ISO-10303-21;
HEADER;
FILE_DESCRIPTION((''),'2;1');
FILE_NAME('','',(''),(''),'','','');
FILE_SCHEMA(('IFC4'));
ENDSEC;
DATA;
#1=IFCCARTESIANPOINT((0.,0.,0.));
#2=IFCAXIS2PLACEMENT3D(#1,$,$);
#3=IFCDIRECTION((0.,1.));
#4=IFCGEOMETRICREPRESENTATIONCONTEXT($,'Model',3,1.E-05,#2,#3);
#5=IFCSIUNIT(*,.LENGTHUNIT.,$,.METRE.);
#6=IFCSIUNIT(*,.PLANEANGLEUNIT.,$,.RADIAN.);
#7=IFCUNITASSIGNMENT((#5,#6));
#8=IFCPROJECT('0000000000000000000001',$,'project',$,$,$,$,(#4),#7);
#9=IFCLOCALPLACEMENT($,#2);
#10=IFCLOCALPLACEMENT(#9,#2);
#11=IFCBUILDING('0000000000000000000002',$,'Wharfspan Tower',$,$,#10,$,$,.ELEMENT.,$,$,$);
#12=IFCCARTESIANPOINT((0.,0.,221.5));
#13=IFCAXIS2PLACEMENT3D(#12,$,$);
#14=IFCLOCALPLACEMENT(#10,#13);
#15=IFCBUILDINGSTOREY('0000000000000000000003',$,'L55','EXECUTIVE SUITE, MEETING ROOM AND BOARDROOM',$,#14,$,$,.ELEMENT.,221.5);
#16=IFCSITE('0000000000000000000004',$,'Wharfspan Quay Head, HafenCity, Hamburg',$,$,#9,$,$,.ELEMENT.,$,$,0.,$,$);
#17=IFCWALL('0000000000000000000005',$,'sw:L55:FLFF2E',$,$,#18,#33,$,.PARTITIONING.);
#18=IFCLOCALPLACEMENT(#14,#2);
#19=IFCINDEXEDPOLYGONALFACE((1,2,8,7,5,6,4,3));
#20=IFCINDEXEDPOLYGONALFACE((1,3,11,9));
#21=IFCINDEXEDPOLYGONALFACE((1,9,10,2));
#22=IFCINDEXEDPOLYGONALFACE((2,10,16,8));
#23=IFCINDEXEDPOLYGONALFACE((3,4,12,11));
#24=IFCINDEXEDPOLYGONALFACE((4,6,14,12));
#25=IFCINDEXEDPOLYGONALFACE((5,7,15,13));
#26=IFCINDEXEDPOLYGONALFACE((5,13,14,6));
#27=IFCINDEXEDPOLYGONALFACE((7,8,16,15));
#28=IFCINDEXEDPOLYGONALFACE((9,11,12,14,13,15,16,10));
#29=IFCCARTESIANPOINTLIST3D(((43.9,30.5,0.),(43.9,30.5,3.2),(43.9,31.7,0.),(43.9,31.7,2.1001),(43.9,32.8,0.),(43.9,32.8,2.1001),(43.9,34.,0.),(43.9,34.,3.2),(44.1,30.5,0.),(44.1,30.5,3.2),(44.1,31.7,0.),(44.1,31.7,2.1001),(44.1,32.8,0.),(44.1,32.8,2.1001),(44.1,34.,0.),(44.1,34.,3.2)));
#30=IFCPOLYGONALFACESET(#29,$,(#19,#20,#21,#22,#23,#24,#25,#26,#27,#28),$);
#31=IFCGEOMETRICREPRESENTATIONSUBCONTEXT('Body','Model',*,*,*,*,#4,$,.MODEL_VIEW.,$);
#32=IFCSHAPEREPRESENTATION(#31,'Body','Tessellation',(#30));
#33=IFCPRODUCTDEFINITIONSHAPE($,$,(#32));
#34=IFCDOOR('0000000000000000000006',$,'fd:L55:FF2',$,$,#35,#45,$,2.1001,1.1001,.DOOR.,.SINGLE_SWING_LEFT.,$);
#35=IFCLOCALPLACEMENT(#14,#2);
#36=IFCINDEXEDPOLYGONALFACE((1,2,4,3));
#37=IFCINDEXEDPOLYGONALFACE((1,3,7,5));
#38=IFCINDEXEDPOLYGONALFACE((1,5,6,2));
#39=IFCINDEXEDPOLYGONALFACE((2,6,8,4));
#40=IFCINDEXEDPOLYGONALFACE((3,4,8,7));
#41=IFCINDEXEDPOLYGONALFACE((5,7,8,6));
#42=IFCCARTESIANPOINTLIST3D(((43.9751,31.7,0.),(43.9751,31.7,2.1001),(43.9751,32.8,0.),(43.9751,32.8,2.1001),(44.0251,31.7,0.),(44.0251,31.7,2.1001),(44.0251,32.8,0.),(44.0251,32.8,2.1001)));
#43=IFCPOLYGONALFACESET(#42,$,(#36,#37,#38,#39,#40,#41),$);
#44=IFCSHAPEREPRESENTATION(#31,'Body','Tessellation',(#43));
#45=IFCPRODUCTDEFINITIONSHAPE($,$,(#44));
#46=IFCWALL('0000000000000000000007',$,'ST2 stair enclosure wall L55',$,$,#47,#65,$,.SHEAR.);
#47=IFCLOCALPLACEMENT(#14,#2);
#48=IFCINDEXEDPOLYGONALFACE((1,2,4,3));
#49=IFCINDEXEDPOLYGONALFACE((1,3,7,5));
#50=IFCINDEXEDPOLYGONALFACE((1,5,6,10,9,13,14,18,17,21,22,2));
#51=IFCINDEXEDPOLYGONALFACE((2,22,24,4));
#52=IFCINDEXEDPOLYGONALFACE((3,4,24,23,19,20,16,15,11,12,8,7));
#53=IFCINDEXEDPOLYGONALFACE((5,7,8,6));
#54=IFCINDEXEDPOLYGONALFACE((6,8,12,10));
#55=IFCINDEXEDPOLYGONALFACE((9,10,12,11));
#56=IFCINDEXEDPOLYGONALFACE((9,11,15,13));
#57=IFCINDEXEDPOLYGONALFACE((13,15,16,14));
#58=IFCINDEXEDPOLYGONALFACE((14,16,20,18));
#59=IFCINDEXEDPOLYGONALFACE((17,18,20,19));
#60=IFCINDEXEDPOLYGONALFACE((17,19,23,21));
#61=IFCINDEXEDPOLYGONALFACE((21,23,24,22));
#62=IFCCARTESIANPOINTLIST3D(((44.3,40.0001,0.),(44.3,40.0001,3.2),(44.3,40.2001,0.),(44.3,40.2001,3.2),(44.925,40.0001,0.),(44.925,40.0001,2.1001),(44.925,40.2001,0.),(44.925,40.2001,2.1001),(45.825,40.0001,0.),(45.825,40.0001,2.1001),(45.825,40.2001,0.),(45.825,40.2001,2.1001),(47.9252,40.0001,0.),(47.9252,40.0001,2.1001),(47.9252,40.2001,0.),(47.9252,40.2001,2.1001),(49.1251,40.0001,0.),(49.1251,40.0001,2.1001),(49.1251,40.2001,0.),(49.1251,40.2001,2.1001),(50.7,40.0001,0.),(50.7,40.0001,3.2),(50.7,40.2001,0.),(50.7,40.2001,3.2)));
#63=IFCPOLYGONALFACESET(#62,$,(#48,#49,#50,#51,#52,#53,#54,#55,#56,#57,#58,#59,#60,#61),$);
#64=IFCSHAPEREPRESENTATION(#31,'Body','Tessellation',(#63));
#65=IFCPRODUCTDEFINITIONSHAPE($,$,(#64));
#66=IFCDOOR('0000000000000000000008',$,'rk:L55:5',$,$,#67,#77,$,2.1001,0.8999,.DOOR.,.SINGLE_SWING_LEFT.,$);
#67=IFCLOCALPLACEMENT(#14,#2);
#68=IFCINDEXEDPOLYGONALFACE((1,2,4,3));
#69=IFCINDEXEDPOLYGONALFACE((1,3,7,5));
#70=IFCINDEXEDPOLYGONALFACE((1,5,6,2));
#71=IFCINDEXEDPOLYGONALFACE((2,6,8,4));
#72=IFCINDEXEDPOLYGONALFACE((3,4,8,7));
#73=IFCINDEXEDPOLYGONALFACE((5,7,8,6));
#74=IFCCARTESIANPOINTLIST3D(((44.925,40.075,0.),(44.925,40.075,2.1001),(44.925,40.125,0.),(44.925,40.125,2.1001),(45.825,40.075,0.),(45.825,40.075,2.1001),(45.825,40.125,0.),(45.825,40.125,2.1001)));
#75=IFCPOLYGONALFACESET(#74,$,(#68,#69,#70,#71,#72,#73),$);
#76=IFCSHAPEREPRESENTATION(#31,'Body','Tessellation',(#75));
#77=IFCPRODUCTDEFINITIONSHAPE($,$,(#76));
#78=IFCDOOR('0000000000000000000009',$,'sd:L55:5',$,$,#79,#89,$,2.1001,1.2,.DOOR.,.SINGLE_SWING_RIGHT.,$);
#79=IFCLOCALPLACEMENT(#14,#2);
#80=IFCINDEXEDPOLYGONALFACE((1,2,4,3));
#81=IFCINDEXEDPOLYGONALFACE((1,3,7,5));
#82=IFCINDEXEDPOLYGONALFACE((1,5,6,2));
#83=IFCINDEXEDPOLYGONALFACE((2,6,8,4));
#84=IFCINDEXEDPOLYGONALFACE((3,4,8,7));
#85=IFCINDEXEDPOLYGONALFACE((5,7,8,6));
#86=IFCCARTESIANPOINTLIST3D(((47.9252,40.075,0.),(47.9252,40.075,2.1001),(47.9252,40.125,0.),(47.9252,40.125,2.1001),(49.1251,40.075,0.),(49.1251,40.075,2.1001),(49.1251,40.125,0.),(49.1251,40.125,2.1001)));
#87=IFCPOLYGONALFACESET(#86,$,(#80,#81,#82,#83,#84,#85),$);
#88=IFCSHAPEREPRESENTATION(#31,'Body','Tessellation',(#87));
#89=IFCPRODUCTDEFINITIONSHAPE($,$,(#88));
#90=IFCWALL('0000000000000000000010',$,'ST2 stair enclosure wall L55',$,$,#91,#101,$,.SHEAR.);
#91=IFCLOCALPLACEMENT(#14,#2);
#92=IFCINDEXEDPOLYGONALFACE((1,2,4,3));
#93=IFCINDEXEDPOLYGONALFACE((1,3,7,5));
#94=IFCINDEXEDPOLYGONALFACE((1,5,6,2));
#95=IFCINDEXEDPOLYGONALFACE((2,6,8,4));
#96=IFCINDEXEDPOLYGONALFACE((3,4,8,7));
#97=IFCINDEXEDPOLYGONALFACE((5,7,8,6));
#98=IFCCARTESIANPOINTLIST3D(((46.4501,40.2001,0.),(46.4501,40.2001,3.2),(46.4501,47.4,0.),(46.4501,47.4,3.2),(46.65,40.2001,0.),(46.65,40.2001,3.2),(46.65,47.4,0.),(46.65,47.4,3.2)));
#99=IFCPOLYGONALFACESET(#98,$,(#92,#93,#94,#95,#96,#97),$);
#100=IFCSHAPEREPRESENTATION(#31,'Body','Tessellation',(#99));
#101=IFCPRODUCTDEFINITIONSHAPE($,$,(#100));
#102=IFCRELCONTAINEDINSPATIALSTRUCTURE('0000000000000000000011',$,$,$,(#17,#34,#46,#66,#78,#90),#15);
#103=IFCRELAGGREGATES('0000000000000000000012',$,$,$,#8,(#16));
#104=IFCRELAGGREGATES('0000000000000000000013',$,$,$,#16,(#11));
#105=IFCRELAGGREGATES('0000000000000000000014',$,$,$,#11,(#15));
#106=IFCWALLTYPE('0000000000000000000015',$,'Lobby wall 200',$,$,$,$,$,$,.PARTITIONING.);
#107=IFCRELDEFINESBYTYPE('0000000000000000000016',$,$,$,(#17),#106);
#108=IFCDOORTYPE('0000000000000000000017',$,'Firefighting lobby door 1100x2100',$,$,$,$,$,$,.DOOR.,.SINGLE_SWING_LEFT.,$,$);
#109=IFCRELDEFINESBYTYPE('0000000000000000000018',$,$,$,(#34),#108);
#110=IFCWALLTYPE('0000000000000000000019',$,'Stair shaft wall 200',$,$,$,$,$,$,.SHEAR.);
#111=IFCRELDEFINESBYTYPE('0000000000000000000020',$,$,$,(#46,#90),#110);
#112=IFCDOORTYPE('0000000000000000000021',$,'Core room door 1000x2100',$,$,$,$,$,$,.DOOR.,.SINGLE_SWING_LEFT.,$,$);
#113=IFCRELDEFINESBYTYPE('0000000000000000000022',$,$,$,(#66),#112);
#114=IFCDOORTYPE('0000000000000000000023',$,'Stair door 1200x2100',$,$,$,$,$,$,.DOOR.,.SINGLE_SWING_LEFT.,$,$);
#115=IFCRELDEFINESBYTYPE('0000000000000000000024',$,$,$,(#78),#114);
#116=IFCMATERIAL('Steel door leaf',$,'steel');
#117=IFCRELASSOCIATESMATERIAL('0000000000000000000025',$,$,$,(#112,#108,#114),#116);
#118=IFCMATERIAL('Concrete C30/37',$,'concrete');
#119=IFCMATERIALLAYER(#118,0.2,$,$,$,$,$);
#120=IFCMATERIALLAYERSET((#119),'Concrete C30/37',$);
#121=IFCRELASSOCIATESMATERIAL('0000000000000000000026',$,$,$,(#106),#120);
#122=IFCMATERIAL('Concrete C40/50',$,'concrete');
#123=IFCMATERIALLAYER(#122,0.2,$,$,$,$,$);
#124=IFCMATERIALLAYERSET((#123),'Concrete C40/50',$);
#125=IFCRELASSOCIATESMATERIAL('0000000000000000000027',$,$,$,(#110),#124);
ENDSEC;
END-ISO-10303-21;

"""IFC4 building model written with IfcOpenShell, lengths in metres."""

from ifc_helpers import new_model, si_unit, direction, frame, frame_2d, origin, place, context, subcontext, project, spatial, rectangle, extrude, material, layer, layer_set, type_object, element, fill, save


model = new_model("IFC4")

# Units and contexts
model_context = context("Model", 3, precision=1e-05, world=origin(), true_north=direction((0.0, 1.0)))
body_context = subcontext(model_context, "Body", "Model", "MODEL_VIEW")
ifc_project = project(units=[si_unit("LENGTHUNIT", "METRE"), si_unit("PLANEANGLEUNIT", "RADIAN")], contexts=[model_context])

# Site, building, storey
site_placement = place(None, origin())
site = spatial("IfcSite", under=ifc_project, at=site_placement, Name="Wharfspan Quay Head, HafenCity, Hamburg", CompositionType="ELEMENT", RefElevation=0.0)
building_placement = place(site_placement, origin())
building = spatial("IfcBuilding", under=site, at=building_placement, Name="Wharfspan Tower", CompositionType="ELEMENT")
storey_placement = place(building_placement, frame((0.0, 0.0, 221.5)))
storey = spatial("IfcBuildingStorey", under=building, at=storey_placement, Name="L55", Description="EXECUTIVE SUITE, MEETING ROOM AND BOARDROOM", CompositionType="ELEMENT", Elevation=221.5)

# Shared definitions
ifc_material_1 = material(Name="Steel door leaf", Category="steel")
door_type_1 = type_object("IfcDoorType", Name="Core room door 1000x2100", OperationType="SINGLE_SWING_LEFT", PredefinedType="DOOR", material=ifc_material_1)

# Shared definitions
ifc_material_2 = material(Name="Concrete C30/37", Category="concrete")

# Wall, opening, door
ifc_layer_1 = layer(ifc_material_2, 0.2)
ifc_layer_set_1 = layer_set([ifc_layer_1], Name="Concrete C30/37")
wall_type_1 = type_object("IfcWallType", Name="Lobby wall 200", PredefinedType="PARTITIONING", material=ifc_layer_set_1)
wall_1_placement = place(storey_placement, frame((44.0, 30.5, 0.0), z_axis=(0.0, 0.0, 1.0), x_axis=(0.0, 1.0, 0.0)))
wall_1 = element("IfcWall", 1, at=wall_1_placement, inside=storey, type_object=wall_type_1, Name="sw:L55:FLFF2E", PredefinedType="PARTITIONING", context=body_context, shape_type="SweptSolid", body=[
    extrude(rectangle(XDim=3.5, YDim=0.2, at=frame_2d((1.75, 0.0))), origin(), (0.0, 0.0, 1.0), 3.2),
])
opening_1_placement = place(wall_1_placement, frame((1.2, 0.0, 0.0)))
opening_1 = element("IfcOpeningElement", 2, at=opening_1_placement, cuts=wall_1, PredefinedType="OPENING", context=body_context, shape_type="SweptSolid", body=[
    extrude(rectangle(XDim=1.1001, YDim=2.1001, at=frame_2d((0.55, 1.05))), frame((0.0, 0.1099, 0.0), z_axis=(0.0, -1.0, 0.0), x_axis=(1.0, 0.0, 0.0)), (0.0, 0.0, 1.0), 0.22),
])
door_type_2 = type_object("IfcDoorType", Name="Firefighting lobby door 1100x2100", OperationType="SINGLE_SWING_LEFT", PredefinedType="DOOR", material=ifc_material_1)
door_1_placement = place(opening_1_placement, origin())
door_1 = element("IfcDoor", 3, at=door_1_placement, inside=storey, type_object=door_type_2, Name="fd:L55:FF2", OperationType="SINGLE_SWING_LEFT", OverallHeight=2.1001, OverallWidth=1.1001, PredefinedType="DOOR", context=body_context, shape_type="SweptSolid", body=[
    extrude(rectangle(XDim=1.1001, YDim=2.1001, at=frame_2d((0.55, 1.05))), frame((0.0, 0.0249, 0.0), z_axis=(0.0, -1.0, 0.0), x_axis=(1.0, 0.0, 0.0)), (0.0, 0.0, 1.0), 0.05),
])
fill(opening_1, door_1)

# Wall, openings, doors
ifc_material_3 = material(Name="Concrete C40/50", Category="concrete")
ifc_layer_2 = layer(ifc_material_3, 0.2)
ifc_layer_set_2 = layer_set([ifc_layer_2], Name="Concrete C40/50")
wall_type_2 = type_object("IfcWallType", Name="Stair shaft wall 200", PredefinedType="SHEAR", material=ifc_layer_set_2)
wall_2_placement = place(storey_placement, frame((44.3, 40.1001, 0.0), z_axis=(0.0, 0.0, 1.0), x_axis=(1.0, 0.0, 0.0)))
wall_2 = element("IfcWall", 4, at=wall_2_placement, inside=storey, type_object=wall_type_2, Name="ST2 stair enclosure wall L55", PredefinedType="SHEAR", context=body_context, shape_type="SweptSolid", body=[
    extrude(rectangle(XDim=6.3999, YDim=0.2, at=frame_2d((3.2, 0.0))), origin(), (0.0, 0.0, 1.0), 3.2),
])
opening_2_placement = place(wall_2_placement, frame((3.625, 0.0, 0.0)))
opening_2 = element("IfcOpeningElement", 5, at=opening_2_placement, cuts=wall_2, PredefinedType="OPENING", context=body_context, shape_type="SweptSolid", body=[
    extrude(rectangle(XDim=1.2, YDim=2.1001, at=frame_2d((0.6001, 1.05))), frame((0.0, 0.1099, 0.0), z_axis=(0.0, -1.0, 0.0), x_axis=(1.0, 0.0, 0.0)), (0.0, 0.0, 1.0), 0.22),
])
opening_3_placement = place(wall_2_placement, frame((0.625, 0.0, 0.0)))
opening_3 = element("IfcOpeningElement", 6, at=opening_3_placement, cuts=wall_2, PredefinedType="OPENING", context=body_context, shape_type="SweptSolid", body=[
    extrude(rectangle(XDim=0.8999, YDim=2.1001, at=frame_2d((0.45, 1.05))), frame((0.0, 0.1099, 0.0), z_axis=(0.0, -1.0, 0.0), x_axis=(1.0, 0.0, 0.0)), (0.0, 0.0, 1.0), 0.22),
])
door_2_placement = place(opening_3_placement, origin())
door_2 = element("IfcDoor", 7, at=door_2_placement, inside=storey, type_object=door_type_1, Name="rk:L55:5", OperationType="SINGLE_SWING_LEFT", OverallHeight=2.1001, OverallWidth=0.8999, PredefinedType="DOOR", context=body_context, shape_type="SweptSolid", body=[
    extrude(rectangle(XDim=0.8999, YDim=2.1001, at=frame_2d((0.45, 1.05))), frame((0.0, 0.0249, 0.0), z_axis=(0.0, -1.0, 0.0), x_axis=(1.0, 0.0, 0.0)), (0.0, 0.0, 1.0), 0.05),
])
fill(opening_3, door_2)
door_type_3 = type_object("IfcDoorType", Name="Stair door 1200x2100", OperationType="SINGLE_SWING_LEFT", PredefinedType="DOOR", material=ifc_material_1)
door_3_placement = place(opening_2_placement, origin())
door_3 = element("IfcDoor", 8, at=door_3_placement, inside=storey, type_object=door_type_3, Name="sd:L55:5", OperationType="SINGLE_SWING_RIGHT", OverallHeight=2.1001, OverallWidth=1.2, PredefinedType="DOOR", context=body_context, shape_type="SweptSolid", body=[
    extrude(rectangle(XDim=1.2, YDim=2.1001, at=frame_2d((0.6001, 1.05))), frame((0.0, 0.0249, 0.0), z_axis=(0.0, -1.0, 0.0), x_axis=(1.0, 0.0, 0.0)), (0.0, 0.0, 1.0), 0.05),
])
fill(opening_2, door_3)

# Wall
wall_3_placement = place(storey_placement, frame((46.55, 40.2, 0.0), z_axis=(0.0, 0.0, 1.0), x_axis=(0.0, 1.0, 0.0)))
element("IfcWall", 9, at=wall_3_placement, inside=storey, type_object=wall_type_2, Name="ST2 stair enclosure wall L55", PredefinedType="SHEAR", context=body_context, shape_type="SweptSolid", body=[
    extrude(rectangle(XDim=7.2, YDim=0.2, at=frame_2d((3.6001, 0.0))), origin(), (0.0, 0.0, 1.0), 3.2),
])

save(model, "model.ifc")
